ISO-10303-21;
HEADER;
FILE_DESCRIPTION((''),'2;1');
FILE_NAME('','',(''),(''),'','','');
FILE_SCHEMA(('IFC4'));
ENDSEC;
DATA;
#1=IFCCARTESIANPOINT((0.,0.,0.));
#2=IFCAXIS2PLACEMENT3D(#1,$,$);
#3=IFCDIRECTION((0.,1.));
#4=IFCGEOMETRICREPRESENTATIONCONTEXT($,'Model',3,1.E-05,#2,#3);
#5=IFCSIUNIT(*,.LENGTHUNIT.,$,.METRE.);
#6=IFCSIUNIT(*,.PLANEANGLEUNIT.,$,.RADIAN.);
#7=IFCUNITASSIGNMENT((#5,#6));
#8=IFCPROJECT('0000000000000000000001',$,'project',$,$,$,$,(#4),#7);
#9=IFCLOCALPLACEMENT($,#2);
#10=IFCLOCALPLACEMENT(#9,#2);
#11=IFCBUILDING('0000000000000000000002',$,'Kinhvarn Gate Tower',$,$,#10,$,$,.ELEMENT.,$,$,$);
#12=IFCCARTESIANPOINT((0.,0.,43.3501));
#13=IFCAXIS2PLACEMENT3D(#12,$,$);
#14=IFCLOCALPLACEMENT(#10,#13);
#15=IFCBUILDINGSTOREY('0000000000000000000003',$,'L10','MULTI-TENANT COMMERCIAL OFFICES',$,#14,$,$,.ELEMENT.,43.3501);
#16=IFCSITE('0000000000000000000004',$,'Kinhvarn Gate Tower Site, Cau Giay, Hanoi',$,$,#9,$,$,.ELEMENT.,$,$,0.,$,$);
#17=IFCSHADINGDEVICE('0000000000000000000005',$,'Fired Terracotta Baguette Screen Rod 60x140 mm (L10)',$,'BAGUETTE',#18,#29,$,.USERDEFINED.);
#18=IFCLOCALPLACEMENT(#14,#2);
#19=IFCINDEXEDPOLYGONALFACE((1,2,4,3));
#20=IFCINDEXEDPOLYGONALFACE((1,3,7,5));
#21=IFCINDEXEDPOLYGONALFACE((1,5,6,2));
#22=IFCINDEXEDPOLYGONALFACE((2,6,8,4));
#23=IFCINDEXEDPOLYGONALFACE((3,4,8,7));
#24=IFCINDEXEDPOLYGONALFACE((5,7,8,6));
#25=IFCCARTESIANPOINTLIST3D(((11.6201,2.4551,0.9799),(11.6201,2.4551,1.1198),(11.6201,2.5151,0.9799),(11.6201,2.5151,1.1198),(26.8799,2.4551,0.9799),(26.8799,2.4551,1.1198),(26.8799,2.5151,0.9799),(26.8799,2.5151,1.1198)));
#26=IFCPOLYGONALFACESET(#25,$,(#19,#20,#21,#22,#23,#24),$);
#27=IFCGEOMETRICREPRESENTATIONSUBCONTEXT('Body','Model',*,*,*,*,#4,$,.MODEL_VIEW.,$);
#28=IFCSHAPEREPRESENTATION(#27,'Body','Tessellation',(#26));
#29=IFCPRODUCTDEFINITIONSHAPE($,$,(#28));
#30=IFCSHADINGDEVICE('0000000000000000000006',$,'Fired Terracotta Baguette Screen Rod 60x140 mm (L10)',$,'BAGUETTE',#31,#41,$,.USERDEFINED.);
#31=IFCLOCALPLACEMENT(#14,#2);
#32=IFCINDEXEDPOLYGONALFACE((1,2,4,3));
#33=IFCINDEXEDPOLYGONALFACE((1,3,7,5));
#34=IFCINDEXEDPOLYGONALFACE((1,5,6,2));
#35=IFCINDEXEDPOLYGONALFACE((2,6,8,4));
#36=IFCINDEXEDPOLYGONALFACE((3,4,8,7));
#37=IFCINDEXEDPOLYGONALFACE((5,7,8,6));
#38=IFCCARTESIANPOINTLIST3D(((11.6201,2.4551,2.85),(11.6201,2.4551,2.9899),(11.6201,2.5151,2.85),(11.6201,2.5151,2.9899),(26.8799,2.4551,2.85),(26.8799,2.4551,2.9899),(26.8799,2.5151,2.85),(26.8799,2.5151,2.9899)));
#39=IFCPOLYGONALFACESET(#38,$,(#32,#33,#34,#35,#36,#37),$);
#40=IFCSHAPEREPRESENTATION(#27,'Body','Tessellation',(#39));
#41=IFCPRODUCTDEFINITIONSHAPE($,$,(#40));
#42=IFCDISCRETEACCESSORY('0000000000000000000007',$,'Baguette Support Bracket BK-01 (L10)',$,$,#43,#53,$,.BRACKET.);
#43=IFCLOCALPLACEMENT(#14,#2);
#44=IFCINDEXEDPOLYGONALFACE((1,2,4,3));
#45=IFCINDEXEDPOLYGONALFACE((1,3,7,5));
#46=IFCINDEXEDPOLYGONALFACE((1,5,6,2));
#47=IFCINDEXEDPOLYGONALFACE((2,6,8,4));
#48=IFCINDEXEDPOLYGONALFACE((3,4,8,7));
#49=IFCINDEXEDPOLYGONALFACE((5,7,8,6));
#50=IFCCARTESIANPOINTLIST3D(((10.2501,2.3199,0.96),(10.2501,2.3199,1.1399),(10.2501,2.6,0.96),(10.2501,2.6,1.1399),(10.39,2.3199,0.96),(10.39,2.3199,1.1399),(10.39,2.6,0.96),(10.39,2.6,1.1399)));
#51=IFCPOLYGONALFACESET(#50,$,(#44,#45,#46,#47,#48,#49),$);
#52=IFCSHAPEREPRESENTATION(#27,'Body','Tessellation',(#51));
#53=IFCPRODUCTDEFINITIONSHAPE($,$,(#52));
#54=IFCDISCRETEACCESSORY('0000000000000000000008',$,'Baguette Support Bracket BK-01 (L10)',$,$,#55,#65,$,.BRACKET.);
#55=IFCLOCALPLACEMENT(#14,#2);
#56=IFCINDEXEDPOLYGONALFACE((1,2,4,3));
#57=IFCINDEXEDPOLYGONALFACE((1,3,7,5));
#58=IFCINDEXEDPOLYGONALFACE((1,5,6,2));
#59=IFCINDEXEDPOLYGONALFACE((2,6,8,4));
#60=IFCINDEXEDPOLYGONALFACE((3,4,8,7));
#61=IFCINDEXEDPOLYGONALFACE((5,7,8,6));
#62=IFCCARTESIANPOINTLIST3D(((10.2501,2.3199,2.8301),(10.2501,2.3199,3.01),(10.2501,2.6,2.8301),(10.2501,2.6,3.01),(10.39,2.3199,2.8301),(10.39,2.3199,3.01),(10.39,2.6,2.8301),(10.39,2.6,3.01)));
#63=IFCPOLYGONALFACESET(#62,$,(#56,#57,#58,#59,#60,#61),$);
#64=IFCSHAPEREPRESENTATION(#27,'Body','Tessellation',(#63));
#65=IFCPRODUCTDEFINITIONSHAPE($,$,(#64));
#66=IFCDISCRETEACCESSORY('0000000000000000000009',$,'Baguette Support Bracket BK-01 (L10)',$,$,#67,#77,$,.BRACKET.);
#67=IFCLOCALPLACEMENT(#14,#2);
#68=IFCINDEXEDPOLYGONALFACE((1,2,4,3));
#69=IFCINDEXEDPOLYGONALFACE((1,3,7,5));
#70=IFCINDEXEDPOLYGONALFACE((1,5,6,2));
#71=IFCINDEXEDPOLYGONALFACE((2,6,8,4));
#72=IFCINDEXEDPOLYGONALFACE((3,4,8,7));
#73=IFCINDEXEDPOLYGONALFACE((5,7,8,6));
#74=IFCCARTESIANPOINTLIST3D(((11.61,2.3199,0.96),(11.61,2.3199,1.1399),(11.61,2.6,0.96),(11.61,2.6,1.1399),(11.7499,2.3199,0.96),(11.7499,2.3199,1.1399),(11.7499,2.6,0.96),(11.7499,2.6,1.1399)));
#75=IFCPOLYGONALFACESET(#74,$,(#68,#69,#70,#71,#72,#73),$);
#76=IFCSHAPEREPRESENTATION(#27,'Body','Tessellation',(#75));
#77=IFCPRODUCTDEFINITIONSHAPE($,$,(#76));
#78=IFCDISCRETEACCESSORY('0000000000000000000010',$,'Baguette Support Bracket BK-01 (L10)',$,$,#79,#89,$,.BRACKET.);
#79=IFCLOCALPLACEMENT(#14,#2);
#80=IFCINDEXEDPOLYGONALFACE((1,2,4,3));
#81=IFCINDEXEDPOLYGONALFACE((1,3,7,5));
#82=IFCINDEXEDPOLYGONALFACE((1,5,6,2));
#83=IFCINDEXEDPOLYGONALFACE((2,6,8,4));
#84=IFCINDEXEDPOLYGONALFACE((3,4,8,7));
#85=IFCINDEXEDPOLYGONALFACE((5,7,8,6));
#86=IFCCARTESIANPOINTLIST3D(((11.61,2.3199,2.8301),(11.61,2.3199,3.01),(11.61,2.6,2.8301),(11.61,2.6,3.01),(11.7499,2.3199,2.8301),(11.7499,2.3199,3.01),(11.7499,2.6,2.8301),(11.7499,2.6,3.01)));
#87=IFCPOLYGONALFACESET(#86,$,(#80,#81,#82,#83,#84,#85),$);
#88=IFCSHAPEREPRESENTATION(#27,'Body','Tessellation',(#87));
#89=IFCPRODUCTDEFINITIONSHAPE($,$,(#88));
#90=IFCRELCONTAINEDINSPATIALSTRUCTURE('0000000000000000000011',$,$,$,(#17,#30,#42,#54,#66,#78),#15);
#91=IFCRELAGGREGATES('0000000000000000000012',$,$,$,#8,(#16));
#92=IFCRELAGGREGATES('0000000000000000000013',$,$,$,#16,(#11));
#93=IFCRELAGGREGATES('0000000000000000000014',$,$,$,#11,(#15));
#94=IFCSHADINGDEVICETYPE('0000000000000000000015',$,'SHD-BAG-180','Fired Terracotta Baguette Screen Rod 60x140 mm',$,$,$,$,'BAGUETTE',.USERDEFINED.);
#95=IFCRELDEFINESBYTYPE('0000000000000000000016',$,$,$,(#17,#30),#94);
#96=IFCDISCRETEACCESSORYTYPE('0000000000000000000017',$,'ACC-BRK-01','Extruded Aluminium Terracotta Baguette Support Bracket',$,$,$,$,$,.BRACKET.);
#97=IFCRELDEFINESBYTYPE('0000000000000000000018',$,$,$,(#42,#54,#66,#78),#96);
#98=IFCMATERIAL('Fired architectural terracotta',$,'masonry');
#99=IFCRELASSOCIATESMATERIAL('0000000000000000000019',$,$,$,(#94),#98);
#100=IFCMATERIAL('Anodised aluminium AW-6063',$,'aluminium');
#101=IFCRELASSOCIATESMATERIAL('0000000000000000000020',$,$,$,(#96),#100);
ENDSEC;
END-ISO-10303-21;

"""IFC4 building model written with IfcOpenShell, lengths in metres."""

from ifc_helpers import new_model, si_unit, direction, frame, origin, origin_2d, place, context, subcontext, project, spatial, rectangle, extrude, material, material_profile, profile_set, type_object, element, save


model = new_model("IFC4")

# Units and contexts
model_context = context("Model", 3, precision=1e-05, world=origin(), true_north=direction((0.0, 1.0)))
body_context = subcontext(model_context, "Body", "Model", "MODEL_VIEW")
ifc_project = project(units=[si_unit("LENGTHUNIT", "METRE"), si_unit("PLANEANGLEUNIT", "RADIAN")], contexts=[model_context])

# Site, building, storey
site_placement = place(None, origin())
site = spatial("IfcSite", under=ifc_project, at=site_placement, Name="Kinhvarn Gate Tower Site, Cau Giay, Hanoi", CompositionType="ELEMENT", RefElevation=0.0)
building_placement = place(site_placement, origin())
building = spatial("IfcBuilding", under=site, at=building_placement, Name="Kinhvarn Gate Tower", CompositionType="ELEMENT")
storey_placement = place(building_placement, frame((0.0, 0.0, 43.3501)))
storey = spatial("IfcBuildingStorey", under=building, at=storey_placement, Name="L10", Description="MULTI-TENANT COMMERCIAL OFFICES", CompositionType="ELEMENT", Elevation=43.3501)

# Shared definitions
ifc_material_1 = material(Name="Anodised aluminium AW-6063", Category="aluminium")

# Shading devices
ifc_material_2 = material(Name="Fired architectural terracotta", Category="masonry")
ifc_material_profile_1 = material_profile(ifc_material_2, rectangle(XDim=0.0601, YDim=0.1399, at=origin_2d()), Name="TC 60x140")
ifc_profile_set_1 = profile_set([ifc_material_profile_1], Name="Fired architectural terracotta")
shading_device_type = type_object("IfcShadingDeviceType", Name="SHD-BAG-180", Description="Fired Terracotta Baguette Screen Rod 60x140 mm", ElementType="BAGUETTE", PredefinedType="USERDEFINED", material=ifc_profile_set_1)
for number, where, z_axis, x_axis, name in (
    (1, (11.6201, 2.4851, 1.0498), (1.0, 0.0, 0.0), (0.0, 1.0, 0.0), "Fired Terracotta Baguette Screen Rod 60x140 mm (L10)"),
    (2, (11.6201, 2.4851, 2.9199), (1.0, 0.0, 0.0), (0.0, 1.0, 0.0), "Fired Terracotta Baguette Screen Rod 60x140 mm (L10)"),
):
    element("IfcShadingDevice", number, at=place(storey_placement, frame(where, z_axis=z_axis, x_axis=x_axis)), inside=storey, type_object=shading_device_type, Name=name, ObjectType="BAGUETTE", PredefinedType="USERDEFINED", context=body_context, shape_type="SweptSolid", body=[
        extrude(rectangle(XDim=0.0601, YDim=0.1399, at=origin_2d()), origin(), (0.0, 0.0, 1.0), 15.2598),
    ])

# Discrete accessories
discrete_accessory_type = type_object("IfcDiscreteAccessoryType", Name="ACC-BRK-01", Description="Extruded Aluminium Terracotta Baguette Support Bracket", PredefinedType="BRACKET", material=ifc_material_1)
for number, where, z_axis, x_axis, name in (
    (3, (10.3201, 2.46, 0.96), (0.0, 0.0, 1.0), (1.0, 0.0, 0.0), "Baguette Support Bracket BK-01 (L10)"),
    (4, (10.3201, 2.46, 2.8301), (0.0, 0.0, 1.0), (1.0, 0.0, 0.0), "Baguette Support Bracket BK-01 (L10)"),
    (5, (11.6799, 2.46, 0.96), (0.0, 0.0, 1.0), (1.0, 0.0, 0.0), "Baguette Support Bracket BK-01 (L10)"),
    (6, (11.6799, 2.46, 2.8301), (0.0, 0.0, 1.0), (1.0, 0.0, 0.0), "Baguette Support Bracket BK-01 (L10)"),
):
    element("IfcDiscreteAccessory", number, at=place(storey_placement, frame(where, z_axis=z_axis, x_axis=x_axis)), inside=storey, type_object=discrete_accessory_type, Name=name, PredefinedType="BRACKET", context=body_context, shape_type="SweptSolid", body=[
        extrude(rectangle(XDim=0.1399, YDim=0.28, at=origin_2d()), origin(), (0.0, 0.0, 1.0), 0.1799),
    ])

save(model, "model.ifc")
